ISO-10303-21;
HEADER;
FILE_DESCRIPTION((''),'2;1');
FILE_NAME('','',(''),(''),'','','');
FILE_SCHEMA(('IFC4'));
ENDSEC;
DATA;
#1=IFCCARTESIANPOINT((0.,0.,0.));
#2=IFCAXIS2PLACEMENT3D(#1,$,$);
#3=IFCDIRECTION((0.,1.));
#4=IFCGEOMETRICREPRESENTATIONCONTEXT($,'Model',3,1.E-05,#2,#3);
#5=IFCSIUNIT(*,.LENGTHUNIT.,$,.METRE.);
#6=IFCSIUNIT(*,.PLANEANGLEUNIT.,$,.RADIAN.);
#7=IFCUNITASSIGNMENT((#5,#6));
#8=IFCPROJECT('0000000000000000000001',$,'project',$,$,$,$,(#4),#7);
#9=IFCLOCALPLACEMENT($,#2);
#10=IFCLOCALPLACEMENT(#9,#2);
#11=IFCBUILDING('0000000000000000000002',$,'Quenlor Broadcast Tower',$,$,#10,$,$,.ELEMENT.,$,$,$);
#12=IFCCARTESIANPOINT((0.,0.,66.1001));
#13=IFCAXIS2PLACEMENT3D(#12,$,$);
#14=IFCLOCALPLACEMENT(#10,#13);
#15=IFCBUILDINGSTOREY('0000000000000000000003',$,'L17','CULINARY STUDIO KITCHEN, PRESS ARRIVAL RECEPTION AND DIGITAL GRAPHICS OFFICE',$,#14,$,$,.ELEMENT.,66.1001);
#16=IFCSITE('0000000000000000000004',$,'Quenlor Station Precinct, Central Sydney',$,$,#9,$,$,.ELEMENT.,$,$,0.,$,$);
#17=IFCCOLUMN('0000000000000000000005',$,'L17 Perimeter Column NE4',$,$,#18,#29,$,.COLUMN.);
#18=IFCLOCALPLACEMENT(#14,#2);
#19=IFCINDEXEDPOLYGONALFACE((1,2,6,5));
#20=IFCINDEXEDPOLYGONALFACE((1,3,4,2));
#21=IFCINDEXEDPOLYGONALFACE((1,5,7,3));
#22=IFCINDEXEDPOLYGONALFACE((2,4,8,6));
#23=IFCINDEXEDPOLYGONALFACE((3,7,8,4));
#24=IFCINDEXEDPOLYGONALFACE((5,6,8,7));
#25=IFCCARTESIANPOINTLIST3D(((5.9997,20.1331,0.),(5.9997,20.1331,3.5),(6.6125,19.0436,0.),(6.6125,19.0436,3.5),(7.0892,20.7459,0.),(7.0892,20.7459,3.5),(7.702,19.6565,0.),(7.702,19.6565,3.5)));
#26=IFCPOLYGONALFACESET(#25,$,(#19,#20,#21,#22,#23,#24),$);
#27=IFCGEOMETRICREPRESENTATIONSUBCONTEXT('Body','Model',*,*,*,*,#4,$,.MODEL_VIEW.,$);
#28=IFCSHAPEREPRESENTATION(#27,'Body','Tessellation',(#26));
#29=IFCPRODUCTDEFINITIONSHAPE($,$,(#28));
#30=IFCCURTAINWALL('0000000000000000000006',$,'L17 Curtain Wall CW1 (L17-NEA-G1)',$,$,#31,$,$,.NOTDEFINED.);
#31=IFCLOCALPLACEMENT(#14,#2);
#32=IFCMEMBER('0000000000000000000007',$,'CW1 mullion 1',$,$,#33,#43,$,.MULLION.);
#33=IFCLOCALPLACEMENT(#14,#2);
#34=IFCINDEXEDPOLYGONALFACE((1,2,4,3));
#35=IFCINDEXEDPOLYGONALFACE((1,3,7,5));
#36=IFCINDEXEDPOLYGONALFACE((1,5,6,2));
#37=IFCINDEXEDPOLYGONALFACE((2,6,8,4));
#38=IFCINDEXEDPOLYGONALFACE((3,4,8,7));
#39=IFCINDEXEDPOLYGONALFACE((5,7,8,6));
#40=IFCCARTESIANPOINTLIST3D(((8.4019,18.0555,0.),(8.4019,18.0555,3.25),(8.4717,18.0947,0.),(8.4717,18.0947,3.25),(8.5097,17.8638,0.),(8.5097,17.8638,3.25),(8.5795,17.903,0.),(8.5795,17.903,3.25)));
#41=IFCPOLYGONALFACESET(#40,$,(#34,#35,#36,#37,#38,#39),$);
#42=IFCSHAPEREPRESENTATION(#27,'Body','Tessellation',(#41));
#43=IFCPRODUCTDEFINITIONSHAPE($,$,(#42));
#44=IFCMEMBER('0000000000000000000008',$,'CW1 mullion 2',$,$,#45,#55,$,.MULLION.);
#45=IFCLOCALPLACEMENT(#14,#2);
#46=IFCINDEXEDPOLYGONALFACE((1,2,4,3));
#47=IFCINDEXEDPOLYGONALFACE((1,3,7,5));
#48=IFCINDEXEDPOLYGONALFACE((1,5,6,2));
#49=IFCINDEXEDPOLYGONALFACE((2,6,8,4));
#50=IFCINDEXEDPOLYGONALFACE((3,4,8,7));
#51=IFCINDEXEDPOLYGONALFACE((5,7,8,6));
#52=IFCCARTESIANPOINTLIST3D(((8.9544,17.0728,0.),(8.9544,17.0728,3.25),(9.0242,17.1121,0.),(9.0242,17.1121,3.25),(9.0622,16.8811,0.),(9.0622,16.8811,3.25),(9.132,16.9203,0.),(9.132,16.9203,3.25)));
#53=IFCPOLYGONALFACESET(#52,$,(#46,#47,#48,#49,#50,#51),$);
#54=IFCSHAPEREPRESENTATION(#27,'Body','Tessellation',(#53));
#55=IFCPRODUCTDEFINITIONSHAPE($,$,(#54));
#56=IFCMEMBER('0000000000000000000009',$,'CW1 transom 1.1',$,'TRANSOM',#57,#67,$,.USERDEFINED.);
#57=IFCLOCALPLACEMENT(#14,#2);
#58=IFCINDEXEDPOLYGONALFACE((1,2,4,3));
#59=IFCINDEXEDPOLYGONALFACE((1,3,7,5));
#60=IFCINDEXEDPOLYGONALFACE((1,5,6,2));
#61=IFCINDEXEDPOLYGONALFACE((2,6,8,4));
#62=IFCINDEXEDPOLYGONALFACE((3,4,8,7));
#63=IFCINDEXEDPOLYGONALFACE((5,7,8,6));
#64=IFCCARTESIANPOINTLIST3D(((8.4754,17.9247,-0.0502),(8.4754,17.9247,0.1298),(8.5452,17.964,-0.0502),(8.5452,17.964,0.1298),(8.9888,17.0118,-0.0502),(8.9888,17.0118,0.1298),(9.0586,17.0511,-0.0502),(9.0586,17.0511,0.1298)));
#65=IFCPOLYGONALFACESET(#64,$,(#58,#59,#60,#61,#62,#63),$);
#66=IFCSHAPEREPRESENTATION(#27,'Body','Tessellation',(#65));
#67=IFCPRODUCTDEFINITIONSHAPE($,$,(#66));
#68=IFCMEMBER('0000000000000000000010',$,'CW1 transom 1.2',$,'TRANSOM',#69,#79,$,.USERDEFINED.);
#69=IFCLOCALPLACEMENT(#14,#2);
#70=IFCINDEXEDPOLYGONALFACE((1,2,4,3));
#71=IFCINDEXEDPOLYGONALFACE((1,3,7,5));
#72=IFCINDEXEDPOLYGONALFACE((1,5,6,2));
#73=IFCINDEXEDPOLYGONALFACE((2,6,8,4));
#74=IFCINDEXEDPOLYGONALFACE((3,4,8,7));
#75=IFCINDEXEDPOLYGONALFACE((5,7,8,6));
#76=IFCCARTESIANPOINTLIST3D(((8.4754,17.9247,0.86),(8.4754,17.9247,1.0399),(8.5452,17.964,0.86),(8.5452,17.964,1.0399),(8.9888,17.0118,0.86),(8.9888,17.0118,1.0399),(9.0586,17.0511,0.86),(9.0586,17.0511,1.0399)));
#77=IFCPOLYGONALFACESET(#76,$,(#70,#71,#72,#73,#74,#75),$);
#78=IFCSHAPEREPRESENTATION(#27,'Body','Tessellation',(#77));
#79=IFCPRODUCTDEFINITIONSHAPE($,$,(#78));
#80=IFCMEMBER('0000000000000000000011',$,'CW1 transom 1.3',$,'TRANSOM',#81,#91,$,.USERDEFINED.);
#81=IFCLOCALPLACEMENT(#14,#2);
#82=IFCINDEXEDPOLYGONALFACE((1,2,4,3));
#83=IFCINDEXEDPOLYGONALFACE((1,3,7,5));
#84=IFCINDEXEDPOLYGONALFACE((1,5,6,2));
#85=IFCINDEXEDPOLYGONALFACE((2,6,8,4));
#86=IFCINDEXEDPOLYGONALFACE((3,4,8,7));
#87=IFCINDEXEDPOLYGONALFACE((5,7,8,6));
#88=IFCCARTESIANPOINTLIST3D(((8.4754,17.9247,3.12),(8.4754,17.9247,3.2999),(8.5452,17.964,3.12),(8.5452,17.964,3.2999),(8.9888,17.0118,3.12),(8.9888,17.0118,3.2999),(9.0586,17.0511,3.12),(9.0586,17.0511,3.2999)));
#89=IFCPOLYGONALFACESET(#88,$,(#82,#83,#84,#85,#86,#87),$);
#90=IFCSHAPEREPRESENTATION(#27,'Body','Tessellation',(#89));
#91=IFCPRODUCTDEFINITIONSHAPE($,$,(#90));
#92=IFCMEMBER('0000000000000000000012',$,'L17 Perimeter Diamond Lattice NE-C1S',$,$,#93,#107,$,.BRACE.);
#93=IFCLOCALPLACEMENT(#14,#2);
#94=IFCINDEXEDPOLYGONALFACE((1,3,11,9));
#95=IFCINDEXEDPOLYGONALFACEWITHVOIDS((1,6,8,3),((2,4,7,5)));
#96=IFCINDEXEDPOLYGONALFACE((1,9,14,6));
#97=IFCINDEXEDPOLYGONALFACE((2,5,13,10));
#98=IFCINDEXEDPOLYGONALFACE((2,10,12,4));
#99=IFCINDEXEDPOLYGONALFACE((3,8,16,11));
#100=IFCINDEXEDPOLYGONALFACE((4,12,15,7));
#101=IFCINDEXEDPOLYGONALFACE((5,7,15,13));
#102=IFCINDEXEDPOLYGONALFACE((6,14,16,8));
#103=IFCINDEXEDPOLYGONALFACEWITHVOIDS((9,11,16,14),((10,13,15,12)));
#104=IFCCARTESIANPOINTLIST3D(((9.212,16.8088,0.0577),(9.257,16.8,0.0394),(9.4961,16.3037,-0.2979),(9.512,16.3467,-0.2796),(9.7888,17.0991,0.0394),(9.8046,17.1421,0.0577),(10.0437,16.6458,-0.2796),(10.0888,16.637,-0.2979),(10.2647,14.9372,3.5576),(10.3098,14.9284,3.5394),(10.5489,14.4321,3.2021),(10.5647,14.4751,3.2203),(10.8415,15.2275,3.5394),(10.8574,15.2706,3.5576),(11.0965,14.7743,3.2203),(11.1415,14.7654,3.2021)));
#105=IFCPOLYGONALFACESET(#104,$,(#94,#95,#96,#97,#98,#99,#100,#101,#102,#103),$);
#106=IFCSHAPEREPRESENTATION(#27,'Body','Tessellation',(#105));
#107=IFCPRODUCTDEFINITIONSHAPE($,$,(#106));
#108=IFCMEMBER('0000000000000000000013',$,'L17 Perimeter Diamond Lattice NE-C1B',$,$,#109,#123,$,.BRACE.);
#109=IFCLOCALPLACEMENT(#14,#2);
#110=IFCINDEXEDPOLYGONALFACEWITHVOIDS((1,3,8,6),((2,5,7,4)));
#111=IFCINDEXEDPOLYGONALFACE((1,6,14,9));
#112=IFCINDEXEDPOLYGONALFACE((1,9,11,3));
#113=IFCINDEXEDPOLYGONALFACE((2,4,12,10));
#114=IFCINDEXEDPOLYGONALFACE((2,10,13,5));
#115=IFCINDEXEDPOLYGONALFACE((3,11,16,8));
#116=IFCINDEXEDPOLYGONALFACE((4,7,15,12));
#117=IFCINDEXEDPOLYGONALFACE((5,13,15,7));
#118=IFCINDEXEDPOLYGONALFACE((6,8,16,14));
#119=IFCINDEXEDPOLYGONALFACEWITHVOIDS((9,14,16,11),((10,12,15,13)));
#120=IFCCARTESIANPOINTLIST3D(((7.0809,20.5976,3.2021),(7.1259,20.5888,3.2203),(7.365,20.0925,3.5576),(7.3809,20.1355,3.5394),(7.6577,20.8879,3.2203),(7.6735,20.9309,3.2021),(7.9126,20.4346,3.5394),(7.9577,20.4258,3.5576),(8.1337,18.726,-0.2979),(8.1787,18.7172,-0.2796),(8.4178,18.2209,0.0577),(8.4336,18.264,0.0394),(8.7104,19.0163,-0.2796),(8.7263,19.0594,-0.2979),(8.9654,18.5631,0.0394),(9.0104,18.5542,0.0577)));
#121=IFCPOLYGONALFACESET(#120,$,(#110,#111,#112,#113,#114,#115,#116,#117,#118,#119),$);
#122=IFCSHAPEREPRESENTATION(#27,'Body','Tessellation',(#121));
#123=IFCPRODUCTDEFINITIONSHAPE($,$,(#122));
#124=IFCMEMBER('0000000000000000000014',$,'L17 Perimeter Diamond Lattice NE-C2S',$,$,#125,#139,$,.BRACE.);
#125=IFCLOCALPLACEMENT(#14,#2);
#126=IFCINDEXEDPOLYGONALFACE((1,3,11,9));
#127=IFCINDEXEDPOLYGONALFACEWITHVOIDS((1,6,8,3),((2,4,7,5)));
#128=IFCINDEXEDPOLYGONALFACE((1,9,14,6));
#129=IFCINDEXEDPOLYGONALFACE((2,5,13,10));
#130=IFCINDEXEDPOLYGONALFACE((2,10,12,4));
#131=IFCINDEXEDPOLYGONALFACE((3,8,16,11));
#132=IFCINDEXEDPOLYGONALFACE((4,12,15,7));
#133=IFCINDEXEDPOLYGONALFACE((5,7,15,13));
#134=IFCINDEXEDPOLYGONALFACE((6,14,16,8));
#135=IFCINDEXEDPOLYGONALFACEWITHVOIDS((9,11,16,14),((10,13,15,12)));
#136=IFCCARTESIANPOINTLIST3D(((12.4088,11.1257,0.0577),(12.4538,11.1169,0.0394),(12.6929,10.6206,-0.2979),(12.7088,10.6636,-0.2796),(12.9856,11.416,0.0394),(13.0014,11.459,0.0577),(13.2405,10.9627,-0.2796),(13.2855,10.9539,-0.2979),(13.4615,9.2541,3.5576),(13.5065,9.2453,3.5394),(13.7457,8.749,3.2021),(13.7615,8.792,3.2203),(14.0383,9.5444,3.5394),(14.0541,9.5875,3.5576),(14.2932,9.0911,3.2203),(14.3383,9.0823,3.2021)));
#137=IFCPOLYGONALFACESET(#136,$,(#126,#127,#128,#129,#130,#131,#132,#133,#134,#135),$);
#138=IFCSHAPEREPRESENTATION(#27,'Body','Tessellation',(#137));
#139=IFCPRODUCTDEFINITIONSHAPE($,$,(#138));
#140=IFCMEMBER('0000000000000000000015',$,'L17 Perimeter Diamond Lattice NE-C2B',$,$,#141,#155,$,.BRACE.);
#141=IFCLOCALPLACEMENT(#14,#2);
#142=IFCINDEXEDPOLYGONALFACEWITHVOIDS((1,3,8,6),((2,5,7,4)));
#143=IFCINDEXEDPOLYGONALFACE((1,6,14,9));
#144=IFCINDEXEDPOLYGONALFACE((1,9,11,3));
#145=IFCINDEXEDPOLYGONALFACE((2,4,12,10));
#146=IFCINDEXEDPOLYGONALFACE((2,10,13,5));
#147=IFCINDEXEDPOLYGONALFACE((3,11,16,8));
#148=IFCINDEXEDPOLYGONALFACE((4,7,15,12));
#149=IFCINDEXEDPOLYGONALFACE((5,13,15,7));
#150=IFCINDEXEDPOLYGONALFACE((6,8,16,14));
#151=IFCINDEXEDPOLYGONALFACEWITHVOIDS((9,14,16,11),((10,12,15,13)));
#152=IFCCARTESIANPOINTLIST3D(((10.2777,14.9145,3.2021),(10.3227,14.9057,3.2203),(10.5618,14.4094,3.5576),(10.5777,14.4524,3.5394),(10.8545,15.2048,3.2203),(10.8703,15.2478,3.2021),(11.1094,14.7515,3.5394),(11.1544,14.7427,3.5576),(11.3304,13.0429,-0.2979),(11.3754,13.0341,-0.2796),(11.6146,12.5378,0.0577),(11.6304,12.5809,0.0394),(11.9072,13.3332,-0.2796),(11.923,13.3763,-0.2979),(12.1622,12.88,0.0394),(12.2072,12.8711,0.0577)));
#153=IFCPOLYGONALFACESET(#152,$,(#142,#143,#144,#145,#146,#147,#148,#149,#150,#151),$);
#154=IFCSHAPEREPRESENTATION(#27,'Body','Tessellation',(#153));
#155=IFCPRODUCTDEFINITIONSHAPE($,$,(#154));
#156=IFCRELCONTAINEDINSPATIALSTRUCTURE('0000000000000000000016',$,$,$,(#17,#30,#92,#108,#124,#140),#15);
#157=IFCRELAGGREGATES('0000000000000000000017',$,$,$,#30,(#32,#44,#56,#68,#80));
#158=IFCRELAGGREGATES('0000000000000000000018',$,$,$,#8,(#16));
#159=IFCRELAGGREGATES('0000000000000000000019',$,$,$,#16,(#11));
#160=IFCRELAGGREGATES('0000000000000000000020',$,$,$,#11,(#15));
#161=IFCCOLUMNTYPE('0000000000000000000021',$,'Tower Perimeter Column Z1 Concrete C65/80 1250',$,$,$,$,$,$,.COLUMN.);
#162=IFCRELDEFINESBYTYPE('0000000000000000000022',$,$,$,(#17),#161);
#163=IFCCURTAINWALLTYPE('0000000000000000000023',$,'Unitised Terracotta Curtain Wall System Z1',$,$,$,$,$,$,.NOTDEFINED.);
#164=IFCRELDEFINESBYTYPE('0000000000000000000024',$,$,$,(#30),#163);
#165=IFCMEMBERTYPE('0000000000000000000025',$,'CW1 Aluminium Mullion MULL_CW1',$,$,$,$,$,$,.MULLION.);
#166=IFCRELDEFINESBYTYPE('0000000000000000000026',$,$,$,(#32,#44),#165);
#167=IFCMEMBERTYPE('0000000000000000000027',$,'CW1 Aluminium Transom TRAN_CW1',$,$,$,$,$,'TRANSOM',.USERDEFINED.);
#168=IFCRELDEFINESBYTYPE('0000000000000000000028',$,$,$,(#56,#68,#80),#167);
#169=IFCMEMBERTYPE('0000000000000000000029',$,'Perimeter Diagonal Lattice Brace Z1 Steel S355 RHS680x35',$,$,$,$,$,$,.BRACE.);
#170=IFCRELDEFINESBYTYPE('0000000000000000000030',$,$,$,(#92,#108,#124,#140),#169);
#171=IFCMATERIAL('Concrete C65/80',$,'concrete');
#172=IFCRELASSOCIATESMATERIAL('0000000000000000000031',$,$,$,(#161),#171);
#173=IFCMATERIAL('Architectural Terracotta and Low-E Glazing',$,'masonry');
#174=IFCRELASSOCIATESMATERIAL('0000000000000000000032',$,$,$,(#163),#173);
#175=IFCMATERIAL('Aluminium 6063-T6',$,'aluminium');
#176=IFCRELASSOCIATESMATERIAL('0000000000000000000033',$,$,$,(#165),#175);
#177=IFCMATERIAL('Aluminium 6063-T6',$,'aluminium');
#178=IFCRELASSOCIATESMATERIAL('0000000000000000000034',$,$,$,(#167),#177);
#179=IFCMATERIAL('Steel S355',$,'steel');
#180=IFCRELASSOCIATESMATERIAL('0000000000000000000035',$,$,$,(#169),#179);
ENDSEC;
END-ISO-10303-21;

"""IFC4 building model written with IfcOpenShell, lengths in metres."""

from ifc_helpers import new_model, si_unit, direction, frame, origin, origin_2d, place, context, subcontext, project, spatial, rectangle, hollow_rectangle, extrude, material, material_profile, profile_set, type_object, element, aggregate, save


model = new_model("IFC4")

# Units and contexts
model_context = context("Model", 3, precision=1e-05, world=origin(), true_north=direction((0.0, 1.0)))
body_context = subcontext(model_context, "Body", "Model", "MODEL_VIEW")
ifc_project = project(units=[si_unit("LENGTHUNIT", "METRE"), si_unit("PLANEANGLEUNIT", "RADIAN")], contexts=[model_context])

# Site, building, storey
site_placement = place(None, origin())
site = spatial("IfcSite", under=ifc_project, at=site_placement, Name="Quenlor Station Precinct, Central Sydney", CompositionType="ELEMENT", RefElevation=0.0)
building_placement = place(site_placement, origin())
building = spatial("IfcBuilding", under=site, at=building_placement, Name="Quenlor Broadcast Tower", CompositionType="ELEMENT")
storey_placement = place(building_placement, frame((0.0, 0.0, 66.1001)))
storey = spatial("IfcBuildingStorey", under=building, at=storey_placement, Name="L17", Description="CULINARY STUDIO KITCHEN, PRESS ARRIVAL RECEPTION AND DIGITAL GRAPHICS OFFICE", CompositionType="ELEMENT", Elevation=66.1001)

# Column
ifc_material_1 = material(Name="Concrete C65/80", Category="concrete")
ifc_material_profile_1 = material_profile(ifc_material_1, rectangle(XDim=1.25, YDim=1.25, at=origin_2d()))
ifc_profile_set_1 = profile_set([ifc_material_profile_1], Name="Concrete C65/80 RC1250x1250")
column_type = type_object("IfcColumnType", Name="Tower Perimeter Column Z1 Concrete C65/80 1250", PredefinedType="COLUMN", material=ifc_profile_set_1)
column_placement = place(storey_placement, frame((6.8508, 19.8948, 0.0), z_axis=(0.0, 0.0, 1.0), x_axis=(0.871575, 0.490262, 0.0)))
element("IfcColumn", 1, at=column_placement, inside=storey, type_object=column_type, Name="L17 Perimeter Column NE4", PredefinedType="COLUMN", context=body_context, shape_type="SweptSolid", body=[
    extrude(rectangle(XDim=1.25, YDim=1.25, at=origin_2d()), origin(), (0.0, 0.0, 1.0), 3.5),
])

# Curtain wall, members
ifc_material_2 = material(Name="Architectural Terracotta and Low-E Glazing", Category="masonry")
curtain_wall_type = type_object("IfcCurtainWallType", Name="Unitised Terracotta Curtain Wall System Z1", PredefinedType="NOTDEFINED", material=ifc_material_2)
curtain_wall_placement = place(storey_placement, origin())
curtain_wall = element("IfcCurtainWall", 2, at=curtain_wall_placement, inside=storey, type_object=curtain_wall_type, Name="L17 Curtain Wall CW1 (L17-NEA-G1)", PredefinedType="NOTDEFINED")
ifc_material_3 = material(Name="Aluminium 6063-T6", Category="aluminium")
ifc_material_profile_2 = material_profile(ifc_material_3, rectangle(XDim=0.0801, YDim=0.22, at=origin_2d()))
ifc_profile_set_2 = profile_set([ifc_material_profile_2], Name="Aluminium 6063-T6 MULL80x220")
member_type_1 = type_object("IfcMemberType", Name="CW1 Aluminium Mullion MULL_CW1", PredefinedType="MULLION", material=ifc_profile_set_2)
member_1_placement = place(storey_placement, frame((8.4907, 17.9792, 0.0), z_axis=(0.0, 0.0, 1.0), x_axis=(0.871602, 0.490214, 0.0)))
member_1 = element("IfcMember", 3, at=member_1_placement, type_object=member_type_1, Name="CW1 mullion 1", PredefinedType="MULLION", context=body_context, shape_type="SweptSolid", body=[
    extrude(rectangle(XDim=0.0801, YDim=0.22, at=origin_2d()), origin(), (0.0, 0.0, 1.0), 3.25),
])
member_2_placement = place(storey_placement, frame((9.0432, 16.9966, 0.0), z_axis=(0.0, 0.0, 1.0), x_axis=(0.871602, 0.490214, 0.0)))
member_2 = element("IfcMember", 4, at=member_2_placement, type_object=member_type_1, Name="CW1 mullion 2", PredefinedType="MULLION", context=body_context, shape_type="SweptSolid", body=[
    extrude(rectangle(XDim=0.0801, YDim=0.22, at=origin_2d()), origin(), (0.0, 0.0, 1.0), 3.25),
])
ifc_material_4 = material(Name="Aluminium 6063-T6", Category="aluminium")
ifc_material_profile_3 = material_profile(ifc_material_4, rectangle(XDim=0.0801, YDim=0.1799, at=origin_2d()))
ifc_profile_set_3 = profile_set([ifc_material_profile_3], Name="Aluminium 6063-T6 TRAN80x180")
member_type_2 = type_object("IfcMemberType", Name="CW1 Aluminium Transom TRAN_CW1", ElementType="TRANSOM", PredefinedType="USERDEFINED", material=ifc_profile_set_3)
member_3_placement = place(storey_placement, frame((8.5103, 17.9443, 0.0398), z_axis=(0.490228, -0.871594, 0.0), x_axis=(0.871594, 0.490228, 0.0)))
member_3 = element("IfcMember", 5, at=member_3_placement, type_object=member_type_2, Name="CW1 transom 1.1", ObjectType="TRANSOM", PredefinedType="USERDEFINED", context=body_context, shape_type="SweptSolid", body=[
    extrude(rectangle(XDim=0.0801, YDim=0.1799, at=origin_2d()), origin(), (0.0, 0.0, 1.0), 1.0474),
])
member_4_placement = place(storey_placement, frame((8.5103, 17.9443, 0.95), z_axis=(0.490228, -0.871594, 0.0), x_axis=(0.871594, 0.490228, 0.0)))
member_4 = element("IfcMember", 6, at=member_4_placement, type_object=member_type_2, Name="CW1 transom 1.2", ObjectType="TRANSOM", PredefinedType="USERDEFINED", context=body_context, shape_type="SweptSolid", body=[
    extrude(rectangle(XDim=0.0801, YDim=0.1799, at=origin_2d()), origin(), (0.0, 0.0, 1.0), 1.0474),
])
member_5_placement = place(storey_placement, frame((8.5103, 17.9443, 3.21), z_axis=(0.490228, -0.871594, 0.0), x_axis=(0.871594, 0.490228, 0.0)))
member_5 = element("IfcMember", 7, at=member_5_placement, type_object=member_type_2, Name="CW1 transom 1.3", ObjectType="TRANSOM", PredefinedType="USERDEFINED", context=body_context, shape_type="SweptSolid", body=[
    extrude(rectangle(XDim=0.0801, YDim=0.1799, at=origin_2d()), origin(), (0.0, 0.0, 1.0), 1.0474),
])

# Members
ifc_material_5 = material(Name="Steel S355", Category="steel")
ifc_material_profile_4 = material_profile(ifc_material_5, hollow_rectangle(XDim=0.6799, YDim=0.6799, WallThickness=0.0349, at=origin_2d()))
ifc_profile_set_4 = profile_set([ifc_material_profile_4], Name="Steel S355 RHS680x680x35")
member_type_3 = type_object("IfcMemberType", Name="Perimeter Diagonal Lattice Brace Z1 Steel S355 RHS680x35", PredefinedType="BRACE", material=ifc_profile_set_4)
for number, where, z_axis, x_axis, name in (
    (8, (9.6504, 16.7229, -0.1201), (0.256375, -0.455792, 0.852365), (0.871582, 0.49025, 0.0), "L17 Perimeter Diamond Lattice NE-C1S"),
    (9, (8.572, 18.6401, -0.1201), (-0.256375, 0.455792, 0.852365), (-0.871582, -0.49025, 0.0), "L17 Perimeter Diamond Lattice NE-C1B"),
    (10, (12.8472, 11.0398, -0.1201), (0.256375, -0.455792, 0.852365), (0.871582, 0.49025, 0.0), "L17 Perimeter Diamond Lattice NE-C2S"),
    (11, (11.7688, 12.957, -0.1201), (-0.256375, 0.455792, 0.852365), (-0.871582, -0.49025, 0.0), "L17 Perimeter Diamond Lattice NE-C2B"),
):
    element("IfcMember", number, at=place(storey_placement, frame(where, z_axis=z_axis, x_axis=x_axis)), inside=storey, type_object=member_type_3, Name=name, PredefinedType="BRACE", context=body_context, shape_type="SweptSolid", body=[
        extrude(hollow_rectangle(XDim=0.6799, YDim=0.6799, WallThickness=0.0349, at=origin_2d()), origin(), (0.0, 0.0, 1.0), 4.1062),
    ])

aggregate(curtain_wall, [member_1, member_2, member_3, member_4, member_5])

save(model, "model.ifc")
